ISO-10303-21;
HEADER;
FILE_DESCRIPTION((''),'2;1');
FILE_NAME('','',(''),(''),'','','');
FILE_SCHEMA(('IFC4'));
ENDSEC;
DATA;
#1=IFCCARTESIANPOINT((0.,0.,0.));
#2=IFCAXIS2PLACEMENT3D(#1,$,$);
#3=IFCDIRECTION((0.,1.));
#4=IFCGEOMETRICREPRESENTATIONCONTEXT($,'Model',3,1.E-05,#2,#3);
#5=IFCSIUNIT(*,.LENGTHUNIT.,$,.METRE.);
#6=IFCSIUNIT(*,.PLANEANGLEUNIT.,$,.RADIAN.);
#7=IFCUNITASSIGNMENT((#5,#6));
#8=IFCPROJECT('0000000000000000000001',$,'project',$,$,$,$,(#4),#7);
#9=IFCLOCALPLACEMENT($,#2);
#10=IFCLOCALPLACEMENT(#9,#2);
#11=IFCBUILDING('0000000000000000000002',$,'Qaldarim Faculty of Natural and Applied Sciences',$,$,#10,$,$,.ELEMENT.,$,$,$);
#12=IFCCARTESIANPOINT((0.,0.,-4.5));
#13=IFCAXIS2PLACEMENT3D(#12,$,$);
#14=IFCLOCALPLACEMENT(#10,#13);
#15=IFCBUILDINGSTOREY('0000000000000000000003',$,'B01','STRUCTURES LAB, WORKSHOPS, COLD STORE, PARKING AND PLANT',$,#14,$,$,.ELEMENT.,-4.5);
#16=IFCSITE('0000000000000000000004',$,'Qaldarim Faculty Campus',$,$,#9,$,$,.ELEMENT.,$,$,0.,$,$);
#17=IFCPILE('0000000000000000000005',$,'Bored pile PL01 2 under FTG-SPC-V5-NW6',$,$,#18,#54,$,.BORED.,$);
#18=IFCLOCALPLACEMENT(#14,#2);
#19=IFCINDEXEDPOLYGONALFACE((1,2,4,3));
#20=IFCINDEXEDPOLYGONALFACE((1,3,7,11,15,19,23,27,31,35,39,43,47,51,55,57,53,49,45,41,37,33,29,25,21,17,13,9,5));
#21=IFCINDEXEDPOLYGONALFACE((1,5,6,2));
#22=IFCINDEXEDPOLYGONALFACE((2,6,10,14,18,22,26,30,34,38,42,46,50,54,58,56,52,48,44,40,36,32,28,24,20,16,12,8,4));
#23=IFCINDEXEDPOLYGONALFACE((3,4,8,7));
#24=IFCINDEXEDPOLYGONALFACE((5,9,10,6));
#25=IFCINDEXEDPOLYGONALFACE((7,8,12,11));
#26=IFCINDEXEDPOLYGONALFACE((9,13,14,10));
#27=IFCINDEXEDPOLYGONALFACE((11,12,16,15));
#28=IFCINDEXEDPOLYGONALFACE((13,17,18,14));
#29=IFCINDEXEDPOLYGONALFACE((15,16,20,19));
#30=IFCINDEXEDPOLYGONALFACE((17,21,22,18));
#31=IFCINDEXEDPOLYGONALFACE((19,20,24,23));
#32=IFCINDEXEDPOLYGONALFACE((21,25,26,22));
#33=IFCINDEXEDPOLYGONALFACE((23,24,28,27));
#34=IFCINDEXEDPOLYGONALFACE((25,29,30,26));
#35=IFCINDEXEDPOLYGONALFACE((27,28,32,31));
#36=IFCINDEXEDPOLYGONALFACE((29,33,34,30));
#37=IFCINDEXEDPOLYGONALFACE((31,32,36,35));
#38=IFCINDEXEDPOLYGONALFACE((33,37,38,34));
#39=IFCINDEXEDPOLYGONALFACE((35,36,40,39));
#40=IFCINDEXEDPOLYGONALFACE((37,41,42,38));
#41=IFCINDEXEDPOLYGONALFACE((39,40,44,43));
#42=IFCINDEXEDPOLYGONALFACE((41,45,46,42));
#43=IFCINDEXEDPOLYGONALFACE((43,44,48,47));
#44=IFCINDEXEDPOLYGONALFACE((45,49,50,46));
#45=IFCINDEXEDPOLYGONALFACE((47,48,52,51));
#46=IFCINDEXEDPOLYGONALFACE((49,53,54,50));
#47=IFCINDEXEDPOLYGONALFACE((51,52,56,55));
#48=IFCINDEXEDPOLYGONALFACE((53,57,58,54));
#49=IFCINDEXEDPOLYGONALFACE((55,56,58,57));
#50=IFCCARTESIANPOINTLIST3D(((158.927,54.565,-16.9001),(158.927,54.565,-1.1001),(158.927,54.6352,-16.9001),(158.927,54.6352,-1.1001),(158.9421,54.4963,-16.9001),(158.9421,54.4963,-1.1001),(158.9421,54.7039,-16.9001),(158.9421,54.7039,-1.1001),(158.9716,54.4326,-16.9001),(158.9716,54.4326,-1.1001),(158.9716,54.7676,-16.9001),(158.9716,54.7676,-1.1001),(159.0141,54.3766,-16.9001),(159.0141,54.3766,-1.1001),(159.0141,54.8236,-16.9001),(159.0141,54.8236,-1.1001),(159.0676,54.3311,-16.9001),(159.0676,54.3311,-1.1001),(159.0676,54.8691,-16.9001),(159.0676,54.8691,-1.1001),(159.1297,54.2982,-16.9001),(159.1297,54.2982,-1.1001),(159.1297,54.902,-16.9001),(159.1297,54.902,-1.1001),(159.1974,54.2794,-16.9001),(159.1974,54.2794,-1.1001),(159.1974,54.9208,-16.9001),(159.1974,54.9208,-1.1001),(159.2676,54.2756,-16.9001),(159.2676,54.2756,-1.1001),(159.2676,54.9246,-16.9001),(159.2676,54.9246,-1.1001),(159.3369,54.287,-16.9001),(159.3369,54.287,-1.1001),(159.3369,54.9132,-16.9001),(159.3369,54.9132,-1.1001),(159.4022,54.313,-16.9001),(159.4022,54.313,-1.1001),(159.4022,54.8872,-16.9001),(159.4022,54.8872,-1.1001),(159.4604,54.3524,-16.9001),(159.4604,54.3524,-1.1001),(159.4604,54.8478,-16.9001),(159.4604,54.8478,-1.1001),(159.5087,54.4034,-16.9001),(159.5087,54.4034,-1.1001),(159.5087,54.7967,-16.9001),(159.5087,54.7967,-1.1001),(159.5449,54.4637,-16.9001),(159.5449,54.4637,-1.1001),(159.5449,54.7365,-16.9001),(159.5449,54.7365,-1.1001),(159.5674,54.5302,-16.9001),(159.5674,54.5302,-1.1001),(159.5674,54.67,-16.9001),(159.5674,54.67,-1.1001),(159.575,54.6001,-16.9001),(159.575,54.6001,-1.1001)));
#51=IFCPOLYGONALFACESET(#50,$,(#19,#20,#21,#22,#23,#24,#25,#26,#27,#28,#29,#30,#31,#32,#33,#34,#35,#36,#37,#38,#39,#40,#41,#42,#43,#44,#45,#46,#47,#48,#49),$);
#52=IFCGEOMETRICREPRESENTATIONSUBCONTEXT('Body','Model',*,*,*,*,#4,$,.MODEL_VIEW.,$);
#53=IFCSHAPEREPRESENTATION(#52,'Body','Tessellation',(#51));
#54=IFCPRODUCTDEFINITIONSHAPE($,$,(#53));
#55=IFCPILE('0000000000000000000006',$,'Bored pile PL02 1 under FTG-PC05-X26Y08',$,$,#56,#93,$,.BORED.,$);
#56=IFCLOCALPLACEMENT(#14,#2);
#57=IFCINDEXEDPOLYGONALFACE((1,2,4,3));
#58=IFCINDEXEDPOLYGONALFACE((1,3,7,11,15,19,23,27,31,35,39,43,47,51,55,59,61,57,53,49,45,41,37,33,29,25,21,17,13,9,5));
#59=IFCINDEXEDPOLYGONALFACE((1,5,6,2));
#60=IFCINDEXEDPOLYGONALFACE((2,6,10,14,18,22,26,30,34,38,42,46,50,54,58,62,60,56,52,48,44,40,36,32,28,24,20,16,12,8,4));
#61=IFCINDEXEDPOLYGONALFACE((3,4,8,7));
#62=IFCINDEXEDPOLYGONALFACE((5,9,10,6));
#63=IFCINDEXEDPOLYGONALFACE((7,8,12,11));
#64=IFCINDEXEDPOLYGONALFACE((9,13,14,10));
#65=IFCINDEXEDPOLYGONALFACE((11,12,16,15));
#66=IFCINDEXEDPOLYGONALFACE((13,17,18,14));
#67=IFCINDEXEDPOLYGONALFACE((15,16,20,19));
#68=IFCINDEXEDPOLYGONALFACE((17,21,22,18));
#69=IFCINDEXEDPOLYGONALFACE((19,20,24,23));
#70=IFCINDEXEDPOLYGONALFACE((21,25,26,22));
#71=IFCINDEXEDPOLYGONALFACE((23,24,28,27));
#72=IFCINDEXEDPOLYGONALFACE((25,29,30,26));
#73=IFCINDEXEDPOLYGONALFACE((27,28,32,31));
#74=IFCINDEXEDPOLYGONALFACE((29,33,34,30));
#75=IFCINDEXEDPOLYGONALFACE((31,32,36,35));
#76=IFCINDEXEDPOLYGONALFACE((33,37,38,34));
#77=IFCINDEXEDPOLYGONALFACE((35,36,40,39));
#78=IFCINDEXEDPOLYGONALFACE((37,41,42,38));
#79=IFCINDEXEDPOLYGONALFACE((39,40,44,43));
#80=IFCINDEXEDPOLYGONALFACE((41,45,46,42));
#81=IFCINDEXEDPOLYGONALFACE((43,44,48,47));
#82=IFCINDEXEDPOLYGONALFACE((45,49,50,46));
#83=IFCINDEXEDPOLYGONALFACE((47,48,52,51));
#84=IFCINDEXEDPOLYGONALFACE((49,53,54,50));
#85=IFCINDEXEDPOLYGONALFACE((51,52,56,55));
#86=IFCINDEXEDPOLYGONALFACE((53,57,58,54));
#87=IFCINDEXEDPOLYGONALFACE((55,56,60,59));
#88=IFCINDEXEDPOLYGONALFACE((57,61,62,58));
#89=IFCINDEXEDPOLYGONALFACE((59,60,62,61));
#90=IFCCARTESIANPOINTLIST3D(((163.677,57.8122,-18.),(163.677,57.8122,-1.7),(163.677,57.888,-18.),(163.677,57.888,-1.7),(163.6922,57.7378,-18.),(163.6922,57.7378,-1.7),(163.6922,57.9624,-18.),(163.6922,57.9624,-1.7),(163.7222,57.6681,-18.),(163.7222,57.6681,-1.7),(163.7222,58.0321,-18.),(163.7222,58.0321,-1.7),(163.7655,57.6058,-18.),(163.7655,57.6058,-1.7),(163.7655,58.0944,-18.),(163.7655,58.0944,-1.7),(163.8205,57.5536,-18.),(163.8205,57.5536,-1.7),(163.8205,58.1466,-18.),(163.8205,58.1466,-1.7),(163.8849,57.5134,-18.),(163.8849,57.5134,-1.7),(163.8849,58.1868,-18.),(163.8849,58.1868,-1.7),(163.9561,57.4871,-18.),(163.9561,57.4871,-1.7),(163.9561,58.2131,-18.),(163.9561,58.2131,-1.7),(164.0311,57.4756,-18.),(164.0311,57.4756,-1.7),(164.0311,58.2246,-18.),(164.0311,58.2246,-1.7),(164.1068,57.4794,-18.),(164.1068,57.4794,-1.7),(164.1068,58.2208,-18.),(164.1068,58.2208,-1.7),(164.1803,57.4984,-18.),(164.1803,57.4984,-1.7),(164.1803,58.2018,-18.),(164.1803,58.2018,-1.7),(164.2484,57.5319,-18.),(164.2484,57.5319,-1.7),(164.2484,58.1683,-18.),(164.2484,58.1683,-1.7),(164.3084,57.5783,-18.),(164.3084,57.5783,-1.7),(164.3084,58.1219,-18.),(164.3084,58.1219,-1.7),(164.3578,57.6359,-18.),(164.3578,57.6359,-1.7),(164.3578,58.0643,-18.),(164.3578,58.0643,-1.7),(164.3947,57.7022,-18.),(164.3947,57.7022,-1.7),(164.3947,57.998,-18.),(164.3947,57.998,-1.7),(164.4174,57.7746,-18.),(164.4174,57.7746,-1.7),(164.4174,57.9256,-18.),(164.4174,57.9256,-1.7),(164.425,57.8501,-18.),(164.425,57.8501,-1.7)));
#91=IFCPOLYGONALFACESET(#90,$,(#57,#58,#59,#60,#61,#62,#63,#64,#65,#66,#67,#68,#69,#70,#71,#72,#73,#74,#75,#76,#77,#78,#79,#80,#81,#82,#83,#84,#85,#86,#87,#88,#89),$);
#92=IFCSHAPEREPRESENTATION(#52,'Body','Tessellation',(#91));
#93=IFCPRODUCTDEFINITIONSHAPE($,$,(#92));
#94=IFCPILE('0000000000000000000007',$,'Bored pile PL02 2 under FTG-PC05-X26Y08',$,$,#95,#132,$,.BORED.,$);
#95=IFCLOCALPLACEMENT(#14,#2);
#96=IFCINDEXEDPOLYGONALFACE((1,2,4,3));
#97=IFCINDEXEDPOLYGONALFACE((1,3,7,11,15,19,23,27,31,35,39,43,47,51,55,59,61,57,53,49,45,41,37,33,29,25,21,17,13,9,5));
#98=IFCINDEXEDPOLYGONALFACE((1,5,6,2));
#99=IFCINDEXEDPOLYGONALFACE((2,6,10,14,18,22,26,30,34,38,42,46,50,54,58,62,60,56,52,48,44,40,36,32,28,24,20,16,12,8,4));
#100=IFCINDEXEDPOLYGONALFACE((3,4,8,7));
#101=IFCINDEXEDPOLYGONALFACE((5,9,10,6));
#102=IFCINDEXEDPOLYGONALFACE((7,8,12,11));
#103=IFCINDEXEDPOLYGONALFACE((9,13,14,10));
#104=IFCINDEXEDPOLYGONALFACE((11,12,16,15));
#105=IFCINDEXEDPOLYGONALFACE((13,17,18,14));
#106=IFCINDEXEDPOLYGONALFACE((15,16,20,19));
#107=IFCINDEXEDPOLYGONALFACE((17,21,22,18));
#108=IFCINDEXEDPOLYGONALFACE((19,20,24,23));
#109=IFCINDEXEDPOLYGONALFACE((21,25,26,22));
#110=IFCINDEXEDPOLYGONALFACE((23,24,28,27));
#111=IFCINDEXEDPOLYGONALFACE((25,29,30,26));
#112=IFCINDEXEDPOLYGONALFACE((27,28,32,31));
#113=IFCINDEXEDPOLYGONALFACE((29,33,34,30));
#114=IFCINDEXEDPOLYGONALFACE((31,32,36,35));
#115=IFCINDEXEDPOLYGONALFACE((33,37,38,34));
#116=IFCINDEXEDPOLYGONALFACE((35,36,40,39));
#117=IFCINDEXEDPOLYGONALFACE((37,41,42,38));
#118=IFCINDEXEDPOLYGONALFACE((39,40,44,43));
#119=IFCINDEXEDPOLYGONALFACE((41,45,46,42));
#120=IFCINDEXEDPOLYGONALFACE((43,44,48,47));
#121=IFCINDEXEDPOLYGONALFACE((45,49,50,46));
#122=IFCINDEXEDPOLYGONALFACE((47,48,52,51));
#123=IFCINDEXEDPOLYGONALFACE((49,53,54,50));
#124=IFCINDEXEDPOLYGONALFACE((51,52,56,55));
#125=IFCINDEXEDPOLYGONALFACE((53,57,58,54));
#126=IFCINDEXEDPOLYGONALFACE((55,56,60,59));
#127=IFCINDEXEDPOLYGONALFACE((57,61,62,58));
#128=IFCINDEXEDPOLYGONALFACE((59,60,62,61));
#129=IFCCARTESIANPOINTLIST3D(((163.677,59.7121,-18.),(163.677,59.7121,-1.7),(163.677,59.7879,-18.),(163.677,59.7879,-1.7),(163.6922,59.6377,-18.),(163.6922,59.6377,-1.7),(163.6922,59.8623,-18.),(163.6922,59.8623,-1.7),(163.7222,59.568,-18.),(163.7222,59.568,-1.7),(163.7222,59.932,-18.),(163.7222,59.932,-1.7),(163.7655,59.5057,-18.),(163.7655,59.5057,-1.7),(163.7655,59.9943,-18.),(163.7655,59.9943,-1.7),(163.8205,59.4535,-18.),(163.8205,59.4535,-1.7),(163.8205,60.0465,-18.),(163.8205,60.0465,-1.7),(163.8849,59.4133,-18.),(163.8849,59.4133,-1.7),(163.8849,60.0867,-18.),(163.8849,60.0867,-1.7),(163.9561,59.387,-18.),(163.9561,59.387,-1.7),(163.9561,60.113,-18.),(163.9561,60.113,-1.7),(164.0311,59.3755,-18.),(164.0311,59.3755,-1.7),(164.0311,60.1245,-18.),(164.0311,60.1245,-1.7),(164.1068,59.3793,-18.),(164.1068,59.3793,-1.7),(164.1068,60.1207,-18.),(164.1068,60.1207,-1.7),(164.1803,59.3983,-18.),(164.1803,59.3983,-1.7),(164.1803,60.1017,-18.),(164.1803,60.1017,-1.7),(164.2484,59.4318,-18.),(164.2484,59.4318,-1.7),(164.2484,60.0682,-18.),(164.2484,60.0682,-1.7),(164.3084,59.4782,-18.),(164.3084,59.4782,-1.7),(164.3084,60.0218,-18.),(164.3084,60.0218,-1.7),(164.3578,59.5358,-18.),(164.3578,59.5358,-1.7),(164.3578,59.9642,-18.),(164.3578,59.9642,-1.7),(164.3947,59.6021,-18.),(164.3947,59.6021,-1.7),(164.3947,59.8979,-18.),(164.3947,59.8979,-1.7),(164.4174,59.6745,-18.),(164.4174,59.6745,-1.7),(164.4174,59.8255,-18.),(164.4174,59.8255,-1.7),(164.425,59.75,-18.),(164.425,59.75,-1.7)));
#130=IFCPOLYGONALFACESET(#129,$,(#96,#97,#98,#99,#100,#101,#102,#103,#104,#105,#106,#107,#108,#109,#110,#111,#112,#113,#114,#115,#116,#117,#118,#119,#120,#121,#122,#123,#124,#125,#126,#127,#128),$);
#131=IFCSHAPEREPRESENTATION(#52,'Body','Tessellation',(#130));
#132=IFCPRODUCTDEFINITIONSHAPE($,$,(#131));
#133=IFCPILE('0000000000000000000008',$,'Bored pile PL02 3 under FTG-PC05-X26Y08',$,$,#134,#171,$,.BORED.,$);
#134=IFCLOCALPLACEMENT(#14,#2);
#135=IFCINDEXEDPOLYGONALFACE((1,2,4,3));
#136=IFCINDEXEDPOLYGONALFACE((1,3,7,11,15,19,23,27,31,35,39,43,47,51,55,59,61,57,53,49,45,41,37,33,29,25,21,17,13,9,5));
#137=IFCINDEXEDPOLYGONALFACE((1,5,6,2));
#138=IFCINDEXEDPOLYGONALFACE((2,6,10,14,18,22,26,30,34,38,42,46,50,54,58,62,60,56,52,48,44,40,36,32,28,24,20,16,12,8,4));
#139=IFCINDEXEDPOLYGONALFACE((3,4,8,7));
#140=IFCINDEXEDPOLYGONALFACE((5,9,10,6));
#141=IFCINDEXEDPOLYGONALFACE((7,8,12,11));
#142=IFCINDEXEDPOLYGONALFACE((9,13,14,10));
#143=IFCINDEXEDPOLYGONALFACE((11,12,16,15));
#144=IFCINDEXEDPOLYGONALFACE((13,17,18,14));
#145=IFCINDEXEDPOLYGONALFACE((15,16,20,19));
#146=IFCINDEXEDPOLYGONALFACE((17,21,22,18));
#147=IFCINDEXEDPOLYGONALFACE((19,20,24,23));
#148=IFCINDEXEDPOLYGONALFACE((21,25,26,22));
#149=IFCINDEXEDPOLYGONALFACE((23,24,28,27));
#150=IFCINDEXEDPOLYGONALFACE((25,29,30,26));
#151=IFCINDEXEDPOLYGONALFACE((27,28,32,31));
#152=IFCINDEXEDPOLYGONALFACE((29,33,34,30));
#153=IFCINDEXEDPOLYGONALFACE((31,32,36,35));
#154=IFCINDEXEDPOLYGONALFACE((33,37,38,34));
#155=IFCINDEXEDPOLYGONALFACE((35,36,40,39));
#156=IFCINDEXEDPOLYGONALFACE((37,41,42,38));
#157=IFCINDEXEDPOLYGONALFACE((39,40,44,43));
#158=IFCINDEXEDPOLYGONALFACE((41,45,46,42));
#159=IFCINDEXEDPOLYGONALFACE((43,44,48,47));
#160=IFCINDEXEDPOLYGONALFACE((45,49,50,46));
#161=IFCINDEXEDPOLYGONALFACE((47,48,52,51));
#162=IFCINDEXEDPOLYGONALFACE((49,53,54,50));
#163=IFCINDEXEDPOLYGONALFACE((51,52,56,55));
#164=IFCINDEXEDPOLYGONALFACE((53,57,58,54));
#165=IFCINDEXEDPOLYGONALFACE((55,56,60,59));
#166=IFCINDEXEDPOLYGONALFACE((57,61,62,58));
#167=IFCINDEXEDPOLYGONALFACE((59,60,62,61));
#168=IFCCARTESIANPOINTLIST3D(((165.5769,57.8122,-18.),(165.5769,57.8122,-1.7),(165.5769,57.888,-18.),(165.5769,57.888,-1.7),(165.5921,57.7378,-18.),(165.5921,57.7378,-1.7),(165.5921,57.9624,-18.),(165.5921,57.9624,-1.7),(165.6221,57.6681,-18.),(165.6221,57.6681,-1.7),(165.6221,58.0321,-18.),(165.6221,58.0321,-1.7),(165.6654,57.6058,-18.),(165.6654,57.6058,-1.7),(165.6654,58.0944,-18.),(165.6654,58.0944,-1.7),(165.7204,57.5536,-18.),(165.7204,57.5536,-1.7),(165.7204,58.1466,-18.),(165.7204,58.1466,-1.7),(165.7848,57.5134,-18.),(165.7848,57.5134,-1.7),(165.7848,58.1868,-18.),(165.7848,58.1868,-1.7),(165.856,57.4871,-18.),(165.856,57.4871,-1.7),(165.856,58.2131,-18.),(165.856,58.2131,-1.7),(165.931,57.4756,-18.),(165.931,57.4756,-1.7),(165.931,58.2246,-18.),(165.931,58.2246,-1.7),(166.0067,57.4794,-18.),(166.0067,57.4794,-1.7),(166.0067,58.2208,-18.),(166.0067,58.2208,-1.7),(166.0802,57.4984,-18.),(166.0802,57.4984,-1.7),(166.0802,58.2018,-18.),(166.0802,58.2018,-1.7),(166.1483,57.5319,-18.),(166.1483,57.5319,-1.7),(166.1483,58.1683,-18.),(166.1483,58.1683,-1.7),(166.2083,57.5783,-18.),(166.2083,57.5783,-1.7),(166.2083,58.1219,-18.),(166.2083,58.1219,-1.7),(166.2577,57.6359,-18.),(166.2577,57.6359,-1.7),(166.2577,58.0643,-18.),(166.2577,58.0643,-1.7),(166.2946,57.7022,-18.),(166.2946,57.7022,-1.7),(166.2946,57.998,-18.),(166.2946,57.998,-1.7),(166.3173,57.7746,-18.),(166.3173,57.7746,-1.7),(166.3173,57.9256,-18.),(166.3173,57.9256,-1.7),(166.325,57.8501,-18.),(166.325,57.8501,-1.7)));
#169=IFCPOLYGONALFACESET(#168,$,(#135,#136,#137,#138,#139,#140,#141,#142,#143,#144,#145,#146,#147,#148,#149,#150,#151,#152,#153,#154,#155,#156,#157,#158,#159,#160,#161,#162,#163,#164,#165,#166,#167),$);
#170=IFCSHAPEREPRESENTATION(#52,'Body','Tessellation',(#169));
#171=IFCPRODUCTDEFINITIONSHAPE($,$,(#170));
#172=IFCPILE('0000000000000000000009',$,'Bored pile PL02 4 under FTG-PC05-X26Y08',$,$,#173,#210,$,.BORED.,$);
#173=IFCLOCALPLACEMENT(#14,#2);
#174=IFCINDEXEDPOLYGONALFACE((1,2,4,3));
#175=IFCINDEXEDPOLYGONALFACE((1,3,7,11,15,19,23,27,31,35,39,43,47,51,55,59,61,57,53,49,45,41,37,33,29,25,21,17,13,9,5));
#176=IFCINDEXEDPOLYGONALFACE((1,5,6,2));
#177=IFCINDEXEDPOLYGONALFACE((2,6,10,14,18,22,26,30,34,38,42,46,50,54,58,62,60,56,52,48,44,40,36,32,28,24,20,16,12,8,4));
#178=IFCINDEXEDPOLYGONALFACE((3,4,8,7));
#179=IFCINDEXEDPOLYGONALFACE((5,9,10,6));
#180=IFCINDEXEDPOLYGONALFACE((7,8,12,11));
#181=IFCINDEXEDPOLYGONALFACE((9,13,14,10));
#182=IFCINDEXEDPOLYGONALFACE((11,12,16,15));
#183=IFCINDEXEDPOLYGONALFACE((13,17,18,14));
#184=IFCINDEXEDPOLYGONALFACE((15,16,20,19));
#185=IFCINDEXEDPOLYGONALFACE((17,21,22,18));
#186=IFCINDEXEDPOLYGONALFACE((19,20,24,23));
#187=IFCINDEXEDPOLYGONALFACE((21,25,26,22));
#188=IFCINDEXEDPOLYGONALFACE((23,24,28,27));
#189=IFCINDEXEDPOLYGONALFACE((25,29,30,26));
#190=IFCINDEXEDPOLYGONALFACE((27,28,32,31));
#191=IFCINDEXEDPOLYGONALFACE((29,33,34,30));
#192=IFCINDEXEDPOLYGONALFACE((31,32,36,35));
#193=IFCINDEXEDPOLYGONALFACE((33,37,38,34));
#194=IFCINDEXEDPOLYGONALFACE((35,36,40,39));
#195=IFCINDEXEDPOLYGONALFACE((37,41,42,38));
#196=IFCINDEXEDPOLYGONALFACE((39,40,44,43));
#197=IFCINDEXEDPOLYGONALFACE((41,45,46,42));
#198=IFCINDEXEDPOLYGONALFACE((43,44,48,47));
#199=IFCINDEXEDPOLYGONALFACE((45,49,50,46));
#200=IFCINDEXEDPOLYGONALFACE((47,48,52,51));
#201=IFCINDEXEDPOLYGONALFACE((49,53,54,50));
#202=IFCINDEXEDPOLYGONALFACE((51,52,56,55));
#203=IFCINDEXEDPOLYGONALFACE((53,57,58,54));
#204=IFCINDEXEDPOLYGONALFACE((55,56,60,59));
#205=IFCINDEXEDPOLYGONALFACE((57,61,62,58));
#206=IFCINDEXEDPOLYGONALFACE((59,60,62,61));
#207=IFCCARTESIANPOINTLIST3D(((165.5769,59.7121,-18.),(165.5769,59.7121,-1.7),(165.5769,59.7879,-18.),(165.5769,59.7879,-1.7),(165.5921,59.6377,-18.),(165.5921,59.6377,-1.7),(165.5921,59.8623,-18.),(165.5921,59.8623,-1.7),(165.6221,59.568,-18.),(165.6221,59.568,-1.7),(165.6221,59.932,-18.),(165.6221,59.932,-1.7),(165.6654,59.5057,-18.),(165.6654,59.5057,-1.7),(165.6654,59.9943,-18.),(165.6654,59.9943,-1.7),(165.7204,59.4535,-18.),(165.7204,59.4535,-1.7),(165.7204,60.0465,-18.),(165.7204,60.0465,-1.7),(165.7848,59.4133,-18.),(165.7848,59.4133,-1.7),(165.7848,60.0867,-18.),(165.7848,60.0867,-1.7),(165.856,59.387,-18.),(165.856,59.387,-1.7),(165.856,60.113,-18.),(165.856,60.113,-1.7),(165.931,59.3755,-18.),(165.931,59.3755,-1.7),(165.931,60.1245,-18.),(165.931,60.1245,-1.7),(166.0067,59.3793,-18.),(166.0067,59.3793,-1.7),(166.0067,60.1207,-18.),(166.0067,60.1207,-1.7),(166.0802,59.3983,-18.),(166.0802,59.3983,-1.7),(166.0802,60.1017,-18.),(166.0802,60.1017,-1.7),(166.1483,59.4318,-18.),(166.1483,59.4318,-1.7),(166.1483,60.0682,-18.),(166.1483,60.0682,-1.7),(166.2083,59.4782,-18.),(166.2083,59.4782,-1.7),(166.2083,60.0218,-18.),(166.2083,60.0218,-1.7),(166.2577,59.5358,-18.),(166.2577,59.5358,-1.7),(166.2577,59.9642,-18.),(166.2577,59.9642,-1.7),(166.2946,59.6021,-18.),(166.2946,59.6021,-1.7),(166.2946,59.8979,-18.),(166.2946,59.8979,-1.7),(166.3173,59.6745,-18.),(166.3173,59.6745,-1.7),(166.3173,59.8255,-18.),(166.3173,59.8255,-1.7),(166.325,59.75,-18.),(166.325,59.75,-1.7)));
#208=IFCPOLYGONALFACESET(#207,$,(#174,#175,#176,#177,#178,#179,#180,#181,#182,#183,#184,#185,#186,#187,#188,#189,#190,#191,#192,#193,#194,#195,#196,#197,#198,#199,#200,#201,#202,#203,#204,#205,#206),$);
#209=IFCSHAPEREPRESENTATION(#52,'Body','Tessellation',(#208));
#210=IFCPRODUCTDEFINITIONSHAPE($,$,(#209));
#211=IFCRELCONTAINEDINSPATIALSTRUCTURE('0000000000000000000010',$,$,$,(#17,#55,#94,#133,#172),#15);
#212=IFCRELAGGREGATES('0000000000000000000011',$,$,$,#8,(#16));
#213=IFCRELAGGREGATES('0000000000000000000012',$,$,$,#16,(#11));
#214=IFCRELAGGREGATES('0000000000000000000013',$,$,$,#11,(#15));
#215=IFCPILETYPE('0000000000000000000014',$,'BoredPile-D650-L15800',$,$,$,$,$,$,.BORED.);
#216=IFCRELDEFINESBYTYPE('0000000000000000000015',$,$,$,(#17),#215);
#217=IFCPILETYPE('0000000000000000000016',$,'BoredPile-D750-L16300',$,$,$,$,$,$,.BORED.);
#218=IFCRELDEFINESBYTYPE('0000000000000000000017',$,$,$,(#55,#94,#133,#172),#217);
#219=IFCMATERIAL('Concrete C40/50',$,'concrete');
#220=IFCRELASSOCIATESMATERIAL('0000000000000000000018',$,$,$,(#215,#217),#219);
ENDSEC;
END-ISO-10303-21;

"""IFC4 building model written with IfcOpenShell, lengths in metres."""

from ifc_helpers import new_model, si_unit, direction, frame, origin, origin_2d, place, context, subcontext, project, spatial, circle, extrude, material, material_profile, profile_set, type_object, element, save


model = new_model("IFC4")

# Units and contexts
model_context = context("Model", 3, precision=1e-05, world=origin(), true_north=direction((0.0, 1.0)))
body_context = subcontext(model_context, "Body", "Model", "MODEL_VIEW")
ifc_project = project(units=[si_unit("LENGTHUNIT", "METRE"), si_unit("PLANEANGLEUNIT", "RADIAN")], contexts=[model_context])

# Site, building, storey
site_placement = place(None, origin())
site = spatial("IfcSite", under=ifc_project, at=site_placement, Name="Qaldarim Faculty Campus", CompositionType="ELEMENT", RefElevation=0.0)
building_placement = place(site_placement, origin())
building = spatial("IfcBuilding", under=site, at=building_placement, Name="Qaldarim Faculty of Natural and Applied Sciences", CompositionType="ELEMENT")
storey_placement = place(building_placement, frame((0.0, 0.0, -4.5)))
storey = spatial("IfcBuildingStorey", under=building, at=storey_placement, Name="B01", Description="STRUCTURES LAB, WORKSHOPS, COLD STORE, PARKING AND PLANT", CompositionType="ELEMENT", Elevation=-4.5)

# Piles
ifc_material_1 = material(Name="Concrete C40/50", Category="concrete")
ifc_material_profile_1 = material_profile(ifc_material_1, circle(Radius=0.325, at=origin_2d()), Name="PILE-D650")
ifc_profile_set_1 = profile_set([ifc_material_profile_1], Name="Concrete C40/50")
pile_type_1 = type_object("IfcPileType", Name="BoredPile-D650-L15800", PredefinedType="BORED", material=ifc_profile_set_1)
pile_placement = place(storey_placement, frame((159.25, 54.6001, -1.1001), z_axis=(0.0, 0.0, -1.0), x_axis=(1.0, 0.0, 0.0)))
element("IfcPile", 1, at=pile_placement, inside=storey, type_object=pile_type_1, Name="Bored pile PL01 2 under FTG-SPC-V5-NW6", PredefinedType="BORED", context=body_context, shape_type="SweptSolid", body=[
    extrude(circle(Radius=0.325, at=origin_2d()), origin(), (0.0, 0.0, 1.0), 15.8),
])
ifc_material_profile_2 = material_profile(ifc_material_1, circle(Radius=0.375, at=origin_2d()), Name="PILE-D750")
ifc_profile_set_2 = profile_set([ifc_material_profile_2], Name="Concrete C40/50")
pile_type_2 = type_object("IfcPileType", Name="BoredPile-D750-L16300", PredefinedType="BORED", material=ifc_profile_set_2)
for number, where, z_axis, x_axis, name in (
    (2, (164.05, 57.8501, -1.7), (0.0, 0.0, -1.0), (1.0, 0.0, 0.0), "Bored pile PL02 1 under FTG-PC05-X26Y08"),
    (3, (164.05, 59.75, -1.7), (0.0, 0.0, -1.0), (1.0, 0.0, 0.0), "Bored pile PL02 2 under FTG-PC05-X26Y08"),
    (4, (165.95, 57.8501, -1.7), (0.0, 0.0, -1.0), (1.0, 0.0, 0.0), "Bored pile PL02 3 under FTG-PC05-X26Y08"),
    (5, (165.95, 59.75, -1.7), (0.0, 0.0, -1.0), (1.0, 0.0, 0.0), "Bored pile PL02 4 under FTG-PC05-X26Y08"),
):
    element("IfcPile", number, at=place(storey_placement, frame(where, z_axis=z_axis, x_axis=x_axis)), inside=storey, type_object=pile_type_2, Name=name, PredefinedType="BORED", context=body_context, shape_type="SweptSolid", body=[
        extrude(circle(Radius=0.375, at=origin_2d()), origin(), (0.0, 0.0, 1.0), 16.3),
    ])

save(model, "model.ifc")
